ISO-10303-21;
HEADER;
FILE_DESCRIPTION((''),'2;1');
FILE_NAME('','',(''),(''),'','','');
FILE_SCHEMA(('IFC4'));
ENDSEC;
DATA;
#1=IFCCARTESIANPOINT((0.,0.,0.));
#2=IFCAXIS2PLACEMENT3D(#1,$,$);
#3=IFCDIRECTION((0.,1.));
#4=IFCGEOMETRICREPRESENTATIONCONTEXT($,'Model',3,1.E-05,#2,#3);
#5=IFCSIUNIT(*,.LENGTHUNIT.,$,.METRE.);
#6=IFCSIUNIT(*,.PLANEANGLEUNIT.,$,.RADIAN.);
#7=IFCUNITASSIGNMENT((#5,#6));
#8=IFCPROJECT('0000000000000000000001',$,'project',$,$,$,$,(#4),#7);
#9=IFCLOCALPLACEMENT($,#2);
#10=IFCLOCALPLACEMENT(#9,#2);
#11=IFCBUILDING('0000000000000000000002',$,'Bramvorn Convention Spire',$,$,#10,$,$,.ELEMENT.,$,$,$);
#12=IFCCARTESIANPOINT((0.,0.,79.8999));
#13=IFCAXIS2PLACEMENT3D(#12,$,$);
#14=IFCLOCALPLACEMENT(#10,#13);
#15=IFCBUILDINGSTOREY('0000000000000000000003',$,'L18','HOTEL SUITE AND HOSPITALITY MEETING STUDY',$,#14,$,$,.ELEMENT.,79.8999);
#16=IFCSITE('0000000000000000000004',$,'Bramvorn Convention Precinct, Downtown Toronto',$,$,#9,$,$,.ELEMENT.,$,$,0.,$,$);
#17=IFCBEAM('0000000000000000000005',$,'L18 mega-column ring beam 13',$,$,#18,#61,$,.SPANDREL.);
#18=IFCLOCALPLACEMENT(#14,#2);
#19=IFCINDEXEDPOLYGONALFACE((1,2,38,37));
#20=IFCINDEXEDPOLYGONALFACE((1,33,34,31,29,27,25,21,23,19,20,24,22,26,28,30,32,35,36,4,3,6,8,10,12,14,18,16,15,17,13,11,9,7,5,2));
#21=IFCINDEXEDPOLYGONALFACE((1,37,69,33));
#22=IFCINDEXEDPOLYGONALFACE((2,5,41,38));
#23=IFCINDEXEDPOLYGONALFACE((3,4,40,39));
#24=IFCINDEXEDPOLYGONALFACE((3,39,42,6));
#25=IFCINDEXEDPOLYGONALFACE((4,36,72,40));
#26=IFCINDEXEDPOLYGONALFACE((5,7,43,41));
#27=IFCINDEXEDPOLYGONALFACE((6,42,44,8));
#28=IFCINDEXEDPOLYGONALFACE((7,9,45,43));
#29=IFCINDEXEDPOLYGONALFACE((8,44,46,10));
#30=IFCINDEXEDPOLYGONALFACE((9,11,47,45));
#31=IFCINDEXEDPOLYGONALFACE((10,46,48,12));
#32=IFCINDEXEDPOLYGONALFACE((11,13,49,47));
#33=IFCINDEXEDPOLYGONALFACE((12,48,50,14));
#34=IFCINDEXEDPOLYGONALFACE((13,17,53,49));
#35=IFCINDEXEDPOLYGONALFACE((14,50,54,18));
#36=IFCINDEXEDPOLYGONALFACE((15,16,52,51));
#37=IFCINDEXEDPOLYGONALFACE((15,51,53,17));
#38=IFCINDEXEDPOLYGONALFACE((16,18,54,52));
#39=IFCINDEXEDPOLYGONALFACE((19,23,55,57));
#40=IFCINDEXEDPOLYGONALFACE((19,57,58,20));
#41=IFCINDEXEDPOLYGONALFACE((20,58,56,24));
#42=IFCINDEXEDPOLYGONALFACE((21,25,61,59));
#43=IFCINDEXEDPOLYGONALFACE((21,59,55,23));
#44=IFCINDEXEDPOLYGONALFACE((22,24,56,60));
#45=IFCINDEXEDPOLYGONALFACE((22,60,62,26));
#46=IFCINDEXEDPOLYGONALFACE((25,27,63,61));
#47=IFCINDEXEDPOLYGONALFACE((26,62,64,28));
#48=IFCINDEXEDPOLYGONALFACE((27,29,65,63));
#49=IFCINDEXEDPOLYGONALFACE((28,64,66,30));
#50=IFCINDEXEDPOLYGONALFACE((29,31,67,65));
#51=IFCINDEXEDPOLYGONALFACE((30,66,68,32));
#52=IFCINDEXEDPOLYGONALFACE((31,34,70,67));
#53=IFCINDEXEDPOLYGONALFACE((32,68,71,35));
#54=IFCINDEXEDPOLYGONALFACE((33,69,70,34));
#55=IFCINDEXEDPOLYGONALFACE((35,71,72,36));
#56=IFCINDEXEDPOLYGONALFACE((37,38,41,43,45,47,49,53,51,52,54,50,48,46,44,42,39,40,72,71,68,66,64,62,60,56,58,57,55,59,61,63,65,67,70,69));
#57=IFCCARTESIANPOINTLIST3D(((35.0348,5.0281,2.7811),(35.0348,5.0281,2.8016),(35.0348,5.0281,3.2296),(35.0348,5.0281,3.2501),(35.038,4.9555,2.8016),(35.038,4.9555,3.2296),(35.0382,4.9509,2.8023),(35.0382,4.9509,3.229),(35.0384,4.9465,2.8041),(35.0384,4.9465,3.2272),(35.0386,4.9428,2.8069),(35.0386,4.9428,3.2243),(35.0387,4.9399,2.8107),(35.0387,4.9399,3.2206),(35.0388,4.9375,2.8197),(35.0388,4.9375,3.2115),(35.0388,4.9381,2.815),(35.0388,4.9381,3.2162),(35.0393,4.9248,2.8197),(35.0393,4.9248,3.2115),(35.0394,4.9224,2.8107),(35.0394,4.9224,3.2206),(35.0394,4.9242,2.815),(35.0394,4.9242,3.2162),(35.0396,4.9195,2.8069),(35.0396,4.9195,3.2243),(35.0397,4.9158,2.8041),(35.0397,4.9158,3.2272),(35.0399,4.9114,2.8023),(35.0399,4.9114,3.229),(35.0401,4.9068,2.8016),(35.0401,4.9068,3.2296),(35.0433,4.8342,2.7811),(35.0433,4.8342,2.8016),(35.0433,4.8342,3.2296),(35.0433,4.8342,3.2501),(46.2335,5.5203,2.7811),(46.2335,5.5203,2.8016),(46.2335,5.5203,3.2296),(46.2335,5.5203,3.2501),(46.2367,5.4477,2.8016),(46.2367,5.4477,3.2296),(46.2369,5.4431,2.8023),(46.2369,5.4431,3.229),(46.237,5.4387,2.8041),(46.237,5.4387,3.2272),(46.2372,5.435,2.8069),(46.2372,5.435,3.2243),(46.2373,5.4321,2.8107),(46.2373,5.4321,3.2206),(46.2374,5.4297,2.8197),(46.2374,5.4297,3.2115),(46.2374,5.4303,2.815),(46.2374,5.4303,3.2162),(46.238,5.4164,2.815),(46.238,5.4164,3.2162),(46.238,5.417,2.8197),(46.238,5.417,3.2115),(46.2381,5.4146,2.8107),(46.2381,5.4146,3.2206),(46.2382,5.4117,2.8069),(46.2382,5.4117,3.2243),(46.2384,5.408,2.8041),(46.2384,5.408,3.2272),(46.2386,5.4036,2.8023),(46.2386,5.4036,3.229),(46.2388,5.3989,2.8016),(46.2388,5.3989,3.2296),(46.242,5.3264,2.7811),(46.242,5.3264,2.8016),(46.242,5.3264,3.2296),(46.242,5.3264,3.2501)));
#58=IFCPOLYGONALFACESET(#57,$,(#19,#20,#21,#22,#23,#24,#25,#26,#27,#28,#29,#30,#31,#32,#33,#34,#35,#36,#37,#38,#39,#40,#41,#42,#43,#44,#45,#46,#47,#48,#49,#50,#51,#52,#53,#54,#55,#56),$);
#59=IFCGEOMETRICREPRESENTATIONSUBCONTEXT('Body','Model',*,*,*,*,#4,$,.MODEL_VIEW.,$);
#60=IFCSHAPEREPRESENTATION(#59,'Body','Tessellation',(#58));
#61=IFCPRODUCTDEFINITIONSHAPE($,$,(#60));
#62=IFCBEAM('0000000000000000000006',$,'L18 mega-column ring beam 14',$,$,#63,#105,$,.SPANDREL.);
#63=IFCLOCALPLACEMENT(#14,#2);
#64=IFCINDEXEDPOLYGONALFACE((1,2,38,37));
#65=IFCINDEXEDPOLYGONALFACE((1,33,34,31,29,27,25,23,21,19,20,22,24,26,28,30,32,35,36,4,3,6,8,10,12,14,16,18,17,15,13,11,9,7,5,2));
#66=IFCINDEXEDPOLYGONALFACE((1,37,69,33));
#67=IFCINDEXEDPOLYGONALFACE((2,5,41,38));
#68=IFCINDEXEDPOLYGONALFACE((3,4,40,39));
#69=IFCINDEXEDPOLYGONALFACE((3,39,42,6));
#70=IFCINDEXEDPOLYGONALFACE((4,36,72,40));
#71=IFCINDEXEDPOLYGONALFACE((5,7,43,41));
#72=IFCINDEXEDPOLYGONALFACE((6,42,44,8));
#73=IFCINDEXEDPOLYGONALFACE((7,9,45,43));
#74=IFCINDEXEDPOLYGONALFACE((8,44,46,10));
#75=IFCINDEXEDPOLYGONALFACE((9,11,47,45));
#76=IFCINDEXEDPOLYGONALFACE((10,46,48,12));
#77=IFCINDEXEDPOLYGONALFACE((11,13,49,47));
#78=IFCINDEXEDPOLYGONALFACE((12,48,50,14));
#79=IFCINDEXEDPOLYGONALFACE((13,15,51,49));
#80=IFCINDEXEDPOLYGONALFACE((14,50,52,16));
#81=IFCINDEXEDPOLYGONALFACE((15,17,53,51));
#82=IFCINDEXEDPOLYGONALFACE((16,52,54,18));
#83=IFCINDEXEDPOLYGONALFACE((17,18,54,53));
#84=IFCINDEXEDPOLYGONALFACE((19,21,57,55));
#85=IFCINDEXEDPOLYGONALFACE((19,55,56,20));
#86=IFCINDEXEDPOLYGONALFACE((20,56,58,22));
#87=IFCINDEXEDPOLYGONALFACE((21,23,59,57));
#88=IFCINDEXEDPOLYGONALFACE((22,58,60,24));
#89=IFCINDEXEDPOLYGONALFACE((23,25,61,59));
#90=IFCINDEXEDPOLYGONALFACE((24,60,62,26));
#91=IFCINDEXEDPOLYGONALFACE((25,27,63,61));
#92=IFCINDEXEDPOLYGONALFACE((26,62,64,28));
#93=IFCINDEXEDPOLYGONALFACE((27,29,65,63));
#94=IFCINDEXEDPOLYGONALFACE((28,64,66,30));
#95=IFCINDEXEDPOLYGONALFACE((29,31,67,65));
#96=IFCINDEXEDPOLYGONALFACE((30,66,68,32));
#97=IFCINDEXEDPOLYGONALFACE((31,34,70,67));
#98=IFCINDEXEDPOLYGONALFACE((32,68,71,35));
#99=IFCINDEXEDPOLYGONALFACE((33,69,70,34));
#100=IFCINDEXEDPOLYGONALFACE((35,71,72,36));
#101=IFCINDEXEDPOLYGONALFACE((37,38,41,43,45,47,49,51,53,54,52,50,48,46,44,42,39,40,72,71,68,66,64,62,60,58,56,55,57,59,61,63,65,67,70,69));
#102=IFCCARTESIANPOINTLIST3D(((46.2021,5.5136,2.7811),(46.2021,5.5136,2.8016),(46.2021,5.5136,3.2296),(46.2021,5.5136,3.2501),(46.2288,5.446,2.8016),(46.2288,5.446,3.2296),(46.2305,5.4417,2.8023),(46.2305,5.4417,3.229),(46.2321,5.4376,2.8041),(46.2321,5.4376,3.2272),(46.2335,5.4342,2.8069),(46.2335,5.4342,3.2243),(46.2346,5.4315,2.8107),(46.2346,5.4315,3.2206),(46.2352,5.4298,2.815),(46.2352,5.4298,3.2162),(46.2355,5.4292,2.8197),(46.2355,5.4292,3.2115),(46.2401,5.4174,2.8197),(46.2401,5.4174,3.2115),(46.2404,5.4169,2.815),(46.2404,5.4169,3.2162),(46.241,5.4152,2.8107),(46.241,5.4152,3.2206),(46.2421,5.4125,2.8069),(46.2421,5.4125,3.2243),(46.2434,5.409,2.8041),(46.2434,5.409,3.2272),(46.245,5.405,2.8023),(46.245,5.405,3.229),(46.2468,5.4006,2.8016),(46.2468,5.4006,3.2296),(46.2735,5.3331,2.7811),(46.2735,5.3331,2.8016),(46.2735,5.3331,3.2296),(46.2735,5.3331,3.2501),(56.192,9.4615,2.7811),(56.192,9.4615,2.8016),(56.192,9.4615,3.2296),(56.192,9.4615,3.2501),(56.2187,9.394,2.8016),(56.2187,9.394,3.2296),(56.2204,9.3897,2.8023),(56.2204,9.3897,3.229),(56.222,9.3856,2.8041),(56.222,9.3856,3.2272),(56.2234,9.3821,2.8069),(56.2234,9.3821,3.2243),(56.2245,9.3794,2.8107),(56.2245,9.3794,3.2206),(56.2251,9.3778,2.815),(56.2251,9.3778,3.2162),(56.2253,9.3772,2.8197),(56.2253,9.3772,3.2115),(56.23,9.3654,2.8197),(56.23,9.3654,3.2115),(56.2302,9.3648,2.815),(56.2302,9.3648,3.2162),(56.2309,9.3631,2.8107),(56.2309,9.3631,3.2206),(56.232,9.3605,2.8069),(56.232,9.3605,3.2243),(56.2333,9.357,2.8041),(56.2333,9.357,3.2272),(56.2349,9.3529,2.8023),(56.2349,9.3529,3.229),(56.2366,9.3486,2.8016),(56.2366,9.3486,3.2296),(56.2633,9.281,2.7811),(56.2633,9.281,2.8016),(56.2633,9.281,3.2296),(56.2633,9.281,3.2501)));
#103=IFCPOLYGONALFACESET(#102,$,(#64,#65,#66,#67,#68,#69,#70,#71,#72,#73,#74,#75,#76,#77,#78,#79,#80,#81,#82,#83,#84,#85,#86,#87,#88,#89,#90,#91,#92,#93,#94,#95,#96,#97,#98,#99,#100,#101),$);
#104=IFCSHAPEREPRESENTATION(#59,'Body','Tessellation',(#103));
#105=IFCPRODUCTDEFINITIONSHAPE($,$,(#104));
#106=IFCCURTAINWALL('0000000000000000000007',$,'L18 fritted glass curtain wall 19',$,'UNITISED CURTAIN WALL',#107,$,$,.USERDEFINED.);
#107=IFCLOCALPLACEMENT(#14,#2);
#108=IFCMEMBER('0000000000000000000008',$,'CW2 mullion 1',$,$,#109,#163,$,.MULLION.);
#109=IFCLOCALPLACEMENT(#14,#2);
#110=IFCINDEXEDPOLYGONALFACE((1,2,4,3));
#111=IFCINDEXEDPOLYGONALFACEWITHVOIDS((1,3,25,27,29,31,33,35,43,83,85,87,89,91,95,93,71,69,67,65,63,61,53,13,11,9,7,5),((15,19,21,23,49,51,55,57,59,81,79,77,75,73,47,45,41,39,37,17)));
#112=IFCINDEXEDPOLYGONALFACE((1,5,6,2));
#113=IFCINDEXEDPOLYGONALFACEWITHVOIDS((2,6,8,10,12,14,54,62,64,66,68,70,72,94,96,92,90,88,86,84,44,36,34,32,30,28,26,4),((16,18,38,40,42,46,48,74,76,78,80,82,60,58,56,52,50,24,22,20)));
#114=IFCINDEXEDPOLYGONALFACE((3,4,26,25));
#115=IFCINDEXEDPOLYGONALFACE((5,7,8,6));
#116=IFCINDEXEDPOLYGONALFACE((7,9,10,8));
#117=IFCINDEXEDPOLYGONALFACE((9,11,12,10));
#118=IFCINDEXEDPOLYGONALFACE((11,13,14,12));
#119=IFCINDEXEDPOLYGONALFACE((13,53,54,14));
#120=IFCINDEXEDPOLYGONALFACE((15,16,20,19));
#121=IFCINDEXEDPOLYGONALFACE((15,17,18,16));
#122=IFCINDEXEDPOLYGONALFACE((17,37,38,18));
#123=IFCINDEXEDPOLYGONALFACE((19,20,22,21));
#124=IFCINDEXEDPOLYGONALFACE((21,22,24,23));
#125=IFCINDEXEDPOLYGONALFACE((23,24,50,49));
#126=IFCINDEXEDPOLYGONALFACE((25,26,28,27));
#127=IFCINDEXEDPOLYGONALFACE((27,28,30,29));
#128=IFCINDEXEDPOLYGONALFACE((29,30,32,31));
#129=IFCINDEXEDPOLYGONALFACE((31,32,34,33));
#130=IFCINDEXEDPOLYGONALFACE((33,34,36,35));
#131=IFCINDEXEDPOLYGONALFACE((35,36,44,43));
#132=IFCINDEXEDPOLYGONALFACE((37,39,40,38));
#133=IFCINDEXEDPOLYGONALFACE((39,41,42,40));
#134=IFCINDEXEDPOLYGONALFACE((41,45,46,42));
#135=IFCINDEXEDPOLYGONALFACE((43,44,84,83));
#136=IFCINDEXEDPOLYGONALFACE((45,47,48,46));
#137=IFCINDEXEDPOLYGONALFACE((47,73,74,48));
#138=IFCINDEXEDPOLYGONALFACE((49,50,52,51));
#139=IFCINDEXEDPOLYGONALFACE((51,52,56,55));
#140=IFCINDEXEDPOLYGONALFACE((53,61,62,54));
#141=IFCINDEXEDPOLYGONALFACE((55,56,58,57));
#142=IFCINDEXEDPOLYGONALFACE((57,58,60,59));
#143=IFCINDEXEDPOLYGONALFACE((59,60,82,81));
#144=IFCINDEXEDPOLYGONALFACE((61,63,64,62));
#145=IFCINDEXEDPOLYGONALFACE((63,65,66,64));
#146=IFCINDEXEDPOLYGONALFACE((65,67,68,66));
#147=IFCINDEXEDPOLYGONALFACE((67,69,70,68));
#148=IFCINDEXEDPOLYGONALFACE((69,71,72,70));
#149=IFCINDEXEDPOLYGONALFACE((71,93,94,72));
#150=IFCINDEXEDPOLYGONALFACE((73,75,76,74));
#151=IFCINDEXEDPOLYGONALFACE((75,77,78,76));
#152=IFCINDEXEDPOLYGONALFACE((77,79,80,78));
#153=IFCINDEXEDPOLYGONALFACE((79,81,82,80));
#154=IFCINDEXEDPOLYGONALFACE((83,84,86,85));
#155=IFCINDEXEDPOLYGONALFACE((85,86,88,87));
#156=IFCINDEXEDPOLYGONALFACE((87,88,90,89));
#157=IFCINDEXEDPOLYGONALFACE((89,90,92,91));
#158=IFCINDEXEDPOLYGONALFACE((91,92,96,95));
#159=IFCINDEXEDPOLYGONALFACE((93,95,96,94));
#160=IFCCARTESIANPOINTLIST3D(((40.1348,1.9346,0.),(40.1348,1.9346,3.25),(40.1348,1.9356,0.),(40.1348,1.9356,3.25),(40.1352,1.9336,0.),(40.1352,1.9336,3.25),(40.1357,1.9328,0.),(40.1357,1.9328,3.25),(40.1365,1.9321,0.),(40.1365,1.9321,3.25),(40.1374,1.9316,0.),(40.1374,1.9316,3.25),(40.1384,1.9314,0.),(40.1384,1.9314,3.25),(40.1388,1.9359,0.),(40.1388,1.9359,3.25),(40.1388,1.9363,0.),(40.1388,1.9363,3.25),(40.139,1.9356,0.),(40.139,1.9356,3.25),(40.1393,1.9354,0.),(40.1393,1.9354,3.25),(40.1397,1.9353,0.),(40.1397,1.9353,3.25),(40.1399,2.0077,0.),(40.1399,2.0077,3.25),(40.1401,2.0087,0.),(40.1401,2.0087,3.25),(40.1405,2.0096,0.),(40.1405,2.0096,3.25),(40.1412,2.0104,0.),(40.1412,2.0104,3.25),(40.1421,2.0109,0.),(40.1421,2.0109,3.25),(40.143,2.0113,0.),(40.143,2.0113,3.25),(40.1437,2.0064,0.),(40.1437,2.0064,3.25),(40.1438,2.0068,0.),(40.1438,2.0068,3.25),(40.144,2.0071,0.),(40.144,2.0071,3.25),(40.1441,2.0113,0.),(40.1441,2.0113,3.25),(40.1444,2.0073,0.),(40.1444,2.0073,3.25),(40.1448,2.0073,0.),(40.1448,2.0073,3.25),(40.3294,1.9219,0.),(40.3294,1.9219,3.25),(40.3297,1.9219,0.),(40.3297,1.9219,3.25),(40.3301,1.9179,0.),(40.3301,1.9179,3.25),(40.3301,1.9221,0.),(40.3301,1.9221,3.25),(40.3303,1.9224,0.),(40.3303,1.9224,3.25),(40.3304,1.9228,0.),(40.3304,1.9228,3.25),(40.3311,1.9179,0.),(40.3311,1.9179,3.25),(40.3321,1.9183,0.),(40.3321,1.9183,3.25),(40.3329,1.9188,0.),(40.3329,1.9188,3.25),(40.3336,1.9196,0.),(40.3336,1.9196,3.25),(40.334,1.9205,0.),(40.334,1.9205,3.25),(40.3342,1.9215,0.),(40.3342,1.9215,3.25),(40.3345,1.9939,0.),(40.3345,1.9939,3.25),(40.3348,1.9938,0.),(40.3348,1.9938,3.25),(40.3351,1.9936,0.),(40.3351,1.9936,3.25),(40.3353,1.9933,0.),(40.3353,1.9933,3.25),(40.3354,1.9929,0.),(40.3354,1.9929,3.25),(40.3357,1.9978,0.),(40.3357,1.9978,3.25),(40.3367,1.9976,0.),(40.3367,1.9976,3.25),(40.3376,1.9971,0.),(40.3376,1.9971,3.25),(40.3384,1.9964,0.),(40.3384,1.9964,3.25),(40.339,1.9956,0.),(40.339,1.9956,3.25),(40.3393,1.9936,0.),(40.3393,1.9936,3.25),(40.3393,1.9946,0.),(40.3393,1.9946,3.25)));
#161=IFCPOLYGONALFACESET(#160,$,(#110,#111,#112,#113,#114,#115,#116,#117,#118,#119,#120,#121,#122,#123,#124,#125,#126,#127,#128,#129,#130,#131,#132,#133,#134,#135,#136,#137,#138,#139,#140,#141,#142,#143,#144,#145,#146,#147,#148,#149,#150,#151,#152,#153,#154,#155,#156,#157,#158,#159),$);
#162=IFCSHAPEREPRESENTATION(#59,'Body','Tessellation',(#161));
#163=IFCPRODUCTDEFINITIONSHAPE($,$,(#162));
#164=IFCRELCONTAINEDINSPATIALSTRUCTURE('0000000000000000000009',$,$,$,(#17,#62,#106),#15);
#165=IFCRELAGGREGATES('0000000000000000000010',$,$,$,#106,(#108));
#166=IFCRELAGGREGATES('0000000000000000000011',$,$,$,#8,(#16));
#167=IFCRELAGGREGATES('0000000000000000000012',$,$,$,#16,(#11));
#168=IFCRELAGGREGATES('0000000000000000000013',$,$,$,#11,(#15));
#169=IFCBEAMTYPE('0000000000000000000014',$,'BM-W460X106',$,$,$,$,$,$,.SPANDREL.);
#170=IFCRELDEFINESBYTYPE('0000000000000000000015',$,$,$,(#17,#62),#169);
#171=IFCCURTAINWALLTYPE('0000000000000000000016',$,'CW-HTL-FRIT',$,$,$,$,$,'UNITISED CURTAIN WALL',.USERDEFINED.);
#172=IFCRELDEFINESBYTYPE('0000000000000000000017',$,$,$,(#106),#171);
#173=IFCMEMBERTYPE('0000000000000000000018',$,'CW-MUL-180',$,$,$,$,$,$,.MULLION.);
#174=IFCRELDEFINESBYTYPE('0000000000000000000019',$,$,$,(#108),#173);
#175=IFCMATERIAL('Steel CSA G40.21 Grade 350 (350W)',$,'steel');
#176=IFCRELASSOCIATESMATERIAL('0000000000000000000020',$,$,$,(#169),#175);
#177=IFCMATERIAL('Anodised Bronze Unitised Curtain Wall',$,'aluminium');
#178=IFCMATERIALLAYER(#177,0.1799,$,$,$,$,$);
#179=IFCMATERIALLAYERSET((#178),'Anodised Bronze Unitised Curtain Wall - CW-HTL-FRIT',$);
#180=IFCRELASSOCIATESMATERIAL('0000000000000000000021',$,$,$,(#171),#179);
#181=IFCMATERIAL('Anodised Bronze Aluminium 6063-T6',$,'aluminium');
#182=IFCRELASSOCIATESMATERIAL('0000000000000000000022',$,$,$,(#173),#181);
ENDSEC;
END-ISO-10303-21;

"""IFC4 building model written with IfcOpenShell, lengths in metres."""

from ifc_helpers import new_model, si_unit, direction, frame, origin, origin_2d, place, context, subcontext, project, spatial, hollow_rectangle, i_section, extrude, material, layer, layer_set, material_profile, profile_set, type_object, element, aggregate, save


model = new_model("IFC4")

# Units and contexts
model_context = context("Model", 3, precision=1e-05, world=origin(), true_north=direction((0.0, 1.0)))
body_context = subcontext(model_context, "Body", "Model", "MODEL_VIEW")
ifc_project = project(units=[si_unit("LENGTHUNIT", "METRE"), si_unit("PLANEANGLEUNIT", "RADIAN")], contexts=[model_context])

# Site, building, storey
site_placement = place(None, origin())
site = spatial("IfcSite", under=ifc_project, at=site_placement, Name="Bramvorn Convention Precinct, Downtown Toronto", CompositionType="ELEMENT", RefElevation=0.0)
building_placement = place(site_placement, origin())
building = spatial("IfcBuilding", under=site, at=building_placement, Name="Bramvorn Convention Spire", CompositionType="ELEMENT")
storey_placement = place(building_placement, frame((0.0, 0.0, 79.8999)))
storey = spatial("IfcBuildingStorey", under=building, at=storey_placement, Name="L18", Description="HOTEL SUITE AND HOSPITALITY MEETING STUDY", CompositionType="ELEMENT", Elevation=79.8999)

# Shared definitions
ifc_material_1 = material(Name="Steel CSA G40.21 Grade 350 (350W)", Category="steel")

# Beams
ifc_material_profile_1 = material_profile(ifc_material_1, i_section(OverallWidth=0.1941, OverallDepth=0.469, WebThickness=0.0127, FlangeThickness=0.0205, FilletRadius=0.0181, at=origin_2d()))
ifc_profile_set_1 = profile_set([ifc_material_profile_1], Name="Steel CSA G40.21 Grade 350 (350W) - W460X106")
beam_type_1 = type_object("IfcBeamType", Name="BM-W460X106", PredefinedType="SPANDREL", material=ifc_profile_set_1)
beam_1_placement = place(storey_placement, frame((35.0391, 4.9312, 3.0156), z_axis=(0.999036, 0.043908, 0.0), x_axis=(-0.043908, 0.999036, 0.0)))
element("IfcBeam", 1, at=beam_1_placement, inside=storey, type_object=beam_type_1, Name="L18 mega-column ring beam 13", PredefinedType="SPANDREL", context=body_context, shape_type="SweptSolid", body=[
    extrude(i_section(OverallWidth=0.1941, OverallDepth=0.469, WebThickness=0.0127, FlangeThickness=0.0205, FilletRadius=0.0181, at=origin_2d()), origin(), (0.0, 0.0, 1.0), 11.2095),
])
beam_2_placement = place(storey_placement, frame((46.2378, 5.4233, 3.0156), z_axis=(0.93001, 0.367535, 0.0), x_axis=(-0.367535, 0.93001, 0.0)))
element("IfcBeam", 2, at=beam_2_placement, inside=storey, type_object=beam_type_1, Name="L18 mega-column ring beam 14", PredefinedType="SPANDREL", context=body_context, shape_type="SweptSolid", body=[
    extrude(i_section(OverallWidth=0.1941, OverallDepth=0.469, WebThickness=0.0127, FlangeThickness=0.0205, FilletRadius=0.0181, at=origin_2d()), origin(), (0.0, 0.0, 1.0), 10.7417),
])

# Curtain wall, member
ifc_material_2 = material(Name="Anodised Bronze Unitised Curtain Wall", Category="aluminium")
ifc_layer_1 = layer(ifc_material_2, 0.1799)
ifc_layer_set_1 = layer_set([ifc_layer_1], Name="Anodised Bronze Unitised Curtain Wall - CW-HTL-FRIT")
curtain_wall_type = type_object("IfcCurtainWallType", Name="CW-HTL-FRIT", ElementType="UNITISED CURTAIN WALL", PredefinedType="USERDEFINED", material=ifc_layer_set_1)
curtain_wall_1_placement = place(storey_placement, origin())
curtain_wall_1 = element("IfcCurtainWall", 3, at=curtain_wall_1_placement, inside=storey, type_object=curtain_wall_type, Name="L18 fritted glass curtain wall 19", ObjectType="UNITISED CURTAIN WALL", PredefinedType="USERDEFINED")
ifc_material_3 = material(Name="Anodised Bronze Aluminium 6063-T6", Category="aluminium")
ifc_material_profile_2 = material_profile(ifc_material_3, hollow_rectangle(XDim=0.0801, YDim=0.2, WallThickness=0.0039, InnerFilletRadius=0.001, OuterFilletRadius=0.0039, at=origin_2d()))
ifc_profile_set_2 = profile_set([ifc_material_profile_2], Name="Anodised Bronze Aluminium 6063-T6 - CWM80X200")
member_type_1 = type_object("IfcMemberType", Name="CW-MUL-180", PredefinedType="MULLION", material=ifc_profile_set_2)
member_1_placement = place(storey_placement, frame((40.2371, 1.9646, 0.0), z_axis=(0.0, 0.0, 1.0), x_axis=(-0.070498, -0.997512, 0.0)))
member_1 = element("IfcMember", 4, at=member_1_placement, type_object=member_type_1, Name="CW2 mullion 1", PredefinedType="MULLION", context=body_context, shape_type="SweptSolid", body=[
    extrude(hollow_rectangle(XDim=0.0801, YDim=0.2, WallThickness=0.0039, InnerFilletRadius=0.001, OuterFilletRadius=0.0039, at=origin_2d()), origin(), (0.0, 0.0, 1.0), 3.25),
])

aggregate(curtain_wall_1, [member_1])

save(model, "model.ifc")
